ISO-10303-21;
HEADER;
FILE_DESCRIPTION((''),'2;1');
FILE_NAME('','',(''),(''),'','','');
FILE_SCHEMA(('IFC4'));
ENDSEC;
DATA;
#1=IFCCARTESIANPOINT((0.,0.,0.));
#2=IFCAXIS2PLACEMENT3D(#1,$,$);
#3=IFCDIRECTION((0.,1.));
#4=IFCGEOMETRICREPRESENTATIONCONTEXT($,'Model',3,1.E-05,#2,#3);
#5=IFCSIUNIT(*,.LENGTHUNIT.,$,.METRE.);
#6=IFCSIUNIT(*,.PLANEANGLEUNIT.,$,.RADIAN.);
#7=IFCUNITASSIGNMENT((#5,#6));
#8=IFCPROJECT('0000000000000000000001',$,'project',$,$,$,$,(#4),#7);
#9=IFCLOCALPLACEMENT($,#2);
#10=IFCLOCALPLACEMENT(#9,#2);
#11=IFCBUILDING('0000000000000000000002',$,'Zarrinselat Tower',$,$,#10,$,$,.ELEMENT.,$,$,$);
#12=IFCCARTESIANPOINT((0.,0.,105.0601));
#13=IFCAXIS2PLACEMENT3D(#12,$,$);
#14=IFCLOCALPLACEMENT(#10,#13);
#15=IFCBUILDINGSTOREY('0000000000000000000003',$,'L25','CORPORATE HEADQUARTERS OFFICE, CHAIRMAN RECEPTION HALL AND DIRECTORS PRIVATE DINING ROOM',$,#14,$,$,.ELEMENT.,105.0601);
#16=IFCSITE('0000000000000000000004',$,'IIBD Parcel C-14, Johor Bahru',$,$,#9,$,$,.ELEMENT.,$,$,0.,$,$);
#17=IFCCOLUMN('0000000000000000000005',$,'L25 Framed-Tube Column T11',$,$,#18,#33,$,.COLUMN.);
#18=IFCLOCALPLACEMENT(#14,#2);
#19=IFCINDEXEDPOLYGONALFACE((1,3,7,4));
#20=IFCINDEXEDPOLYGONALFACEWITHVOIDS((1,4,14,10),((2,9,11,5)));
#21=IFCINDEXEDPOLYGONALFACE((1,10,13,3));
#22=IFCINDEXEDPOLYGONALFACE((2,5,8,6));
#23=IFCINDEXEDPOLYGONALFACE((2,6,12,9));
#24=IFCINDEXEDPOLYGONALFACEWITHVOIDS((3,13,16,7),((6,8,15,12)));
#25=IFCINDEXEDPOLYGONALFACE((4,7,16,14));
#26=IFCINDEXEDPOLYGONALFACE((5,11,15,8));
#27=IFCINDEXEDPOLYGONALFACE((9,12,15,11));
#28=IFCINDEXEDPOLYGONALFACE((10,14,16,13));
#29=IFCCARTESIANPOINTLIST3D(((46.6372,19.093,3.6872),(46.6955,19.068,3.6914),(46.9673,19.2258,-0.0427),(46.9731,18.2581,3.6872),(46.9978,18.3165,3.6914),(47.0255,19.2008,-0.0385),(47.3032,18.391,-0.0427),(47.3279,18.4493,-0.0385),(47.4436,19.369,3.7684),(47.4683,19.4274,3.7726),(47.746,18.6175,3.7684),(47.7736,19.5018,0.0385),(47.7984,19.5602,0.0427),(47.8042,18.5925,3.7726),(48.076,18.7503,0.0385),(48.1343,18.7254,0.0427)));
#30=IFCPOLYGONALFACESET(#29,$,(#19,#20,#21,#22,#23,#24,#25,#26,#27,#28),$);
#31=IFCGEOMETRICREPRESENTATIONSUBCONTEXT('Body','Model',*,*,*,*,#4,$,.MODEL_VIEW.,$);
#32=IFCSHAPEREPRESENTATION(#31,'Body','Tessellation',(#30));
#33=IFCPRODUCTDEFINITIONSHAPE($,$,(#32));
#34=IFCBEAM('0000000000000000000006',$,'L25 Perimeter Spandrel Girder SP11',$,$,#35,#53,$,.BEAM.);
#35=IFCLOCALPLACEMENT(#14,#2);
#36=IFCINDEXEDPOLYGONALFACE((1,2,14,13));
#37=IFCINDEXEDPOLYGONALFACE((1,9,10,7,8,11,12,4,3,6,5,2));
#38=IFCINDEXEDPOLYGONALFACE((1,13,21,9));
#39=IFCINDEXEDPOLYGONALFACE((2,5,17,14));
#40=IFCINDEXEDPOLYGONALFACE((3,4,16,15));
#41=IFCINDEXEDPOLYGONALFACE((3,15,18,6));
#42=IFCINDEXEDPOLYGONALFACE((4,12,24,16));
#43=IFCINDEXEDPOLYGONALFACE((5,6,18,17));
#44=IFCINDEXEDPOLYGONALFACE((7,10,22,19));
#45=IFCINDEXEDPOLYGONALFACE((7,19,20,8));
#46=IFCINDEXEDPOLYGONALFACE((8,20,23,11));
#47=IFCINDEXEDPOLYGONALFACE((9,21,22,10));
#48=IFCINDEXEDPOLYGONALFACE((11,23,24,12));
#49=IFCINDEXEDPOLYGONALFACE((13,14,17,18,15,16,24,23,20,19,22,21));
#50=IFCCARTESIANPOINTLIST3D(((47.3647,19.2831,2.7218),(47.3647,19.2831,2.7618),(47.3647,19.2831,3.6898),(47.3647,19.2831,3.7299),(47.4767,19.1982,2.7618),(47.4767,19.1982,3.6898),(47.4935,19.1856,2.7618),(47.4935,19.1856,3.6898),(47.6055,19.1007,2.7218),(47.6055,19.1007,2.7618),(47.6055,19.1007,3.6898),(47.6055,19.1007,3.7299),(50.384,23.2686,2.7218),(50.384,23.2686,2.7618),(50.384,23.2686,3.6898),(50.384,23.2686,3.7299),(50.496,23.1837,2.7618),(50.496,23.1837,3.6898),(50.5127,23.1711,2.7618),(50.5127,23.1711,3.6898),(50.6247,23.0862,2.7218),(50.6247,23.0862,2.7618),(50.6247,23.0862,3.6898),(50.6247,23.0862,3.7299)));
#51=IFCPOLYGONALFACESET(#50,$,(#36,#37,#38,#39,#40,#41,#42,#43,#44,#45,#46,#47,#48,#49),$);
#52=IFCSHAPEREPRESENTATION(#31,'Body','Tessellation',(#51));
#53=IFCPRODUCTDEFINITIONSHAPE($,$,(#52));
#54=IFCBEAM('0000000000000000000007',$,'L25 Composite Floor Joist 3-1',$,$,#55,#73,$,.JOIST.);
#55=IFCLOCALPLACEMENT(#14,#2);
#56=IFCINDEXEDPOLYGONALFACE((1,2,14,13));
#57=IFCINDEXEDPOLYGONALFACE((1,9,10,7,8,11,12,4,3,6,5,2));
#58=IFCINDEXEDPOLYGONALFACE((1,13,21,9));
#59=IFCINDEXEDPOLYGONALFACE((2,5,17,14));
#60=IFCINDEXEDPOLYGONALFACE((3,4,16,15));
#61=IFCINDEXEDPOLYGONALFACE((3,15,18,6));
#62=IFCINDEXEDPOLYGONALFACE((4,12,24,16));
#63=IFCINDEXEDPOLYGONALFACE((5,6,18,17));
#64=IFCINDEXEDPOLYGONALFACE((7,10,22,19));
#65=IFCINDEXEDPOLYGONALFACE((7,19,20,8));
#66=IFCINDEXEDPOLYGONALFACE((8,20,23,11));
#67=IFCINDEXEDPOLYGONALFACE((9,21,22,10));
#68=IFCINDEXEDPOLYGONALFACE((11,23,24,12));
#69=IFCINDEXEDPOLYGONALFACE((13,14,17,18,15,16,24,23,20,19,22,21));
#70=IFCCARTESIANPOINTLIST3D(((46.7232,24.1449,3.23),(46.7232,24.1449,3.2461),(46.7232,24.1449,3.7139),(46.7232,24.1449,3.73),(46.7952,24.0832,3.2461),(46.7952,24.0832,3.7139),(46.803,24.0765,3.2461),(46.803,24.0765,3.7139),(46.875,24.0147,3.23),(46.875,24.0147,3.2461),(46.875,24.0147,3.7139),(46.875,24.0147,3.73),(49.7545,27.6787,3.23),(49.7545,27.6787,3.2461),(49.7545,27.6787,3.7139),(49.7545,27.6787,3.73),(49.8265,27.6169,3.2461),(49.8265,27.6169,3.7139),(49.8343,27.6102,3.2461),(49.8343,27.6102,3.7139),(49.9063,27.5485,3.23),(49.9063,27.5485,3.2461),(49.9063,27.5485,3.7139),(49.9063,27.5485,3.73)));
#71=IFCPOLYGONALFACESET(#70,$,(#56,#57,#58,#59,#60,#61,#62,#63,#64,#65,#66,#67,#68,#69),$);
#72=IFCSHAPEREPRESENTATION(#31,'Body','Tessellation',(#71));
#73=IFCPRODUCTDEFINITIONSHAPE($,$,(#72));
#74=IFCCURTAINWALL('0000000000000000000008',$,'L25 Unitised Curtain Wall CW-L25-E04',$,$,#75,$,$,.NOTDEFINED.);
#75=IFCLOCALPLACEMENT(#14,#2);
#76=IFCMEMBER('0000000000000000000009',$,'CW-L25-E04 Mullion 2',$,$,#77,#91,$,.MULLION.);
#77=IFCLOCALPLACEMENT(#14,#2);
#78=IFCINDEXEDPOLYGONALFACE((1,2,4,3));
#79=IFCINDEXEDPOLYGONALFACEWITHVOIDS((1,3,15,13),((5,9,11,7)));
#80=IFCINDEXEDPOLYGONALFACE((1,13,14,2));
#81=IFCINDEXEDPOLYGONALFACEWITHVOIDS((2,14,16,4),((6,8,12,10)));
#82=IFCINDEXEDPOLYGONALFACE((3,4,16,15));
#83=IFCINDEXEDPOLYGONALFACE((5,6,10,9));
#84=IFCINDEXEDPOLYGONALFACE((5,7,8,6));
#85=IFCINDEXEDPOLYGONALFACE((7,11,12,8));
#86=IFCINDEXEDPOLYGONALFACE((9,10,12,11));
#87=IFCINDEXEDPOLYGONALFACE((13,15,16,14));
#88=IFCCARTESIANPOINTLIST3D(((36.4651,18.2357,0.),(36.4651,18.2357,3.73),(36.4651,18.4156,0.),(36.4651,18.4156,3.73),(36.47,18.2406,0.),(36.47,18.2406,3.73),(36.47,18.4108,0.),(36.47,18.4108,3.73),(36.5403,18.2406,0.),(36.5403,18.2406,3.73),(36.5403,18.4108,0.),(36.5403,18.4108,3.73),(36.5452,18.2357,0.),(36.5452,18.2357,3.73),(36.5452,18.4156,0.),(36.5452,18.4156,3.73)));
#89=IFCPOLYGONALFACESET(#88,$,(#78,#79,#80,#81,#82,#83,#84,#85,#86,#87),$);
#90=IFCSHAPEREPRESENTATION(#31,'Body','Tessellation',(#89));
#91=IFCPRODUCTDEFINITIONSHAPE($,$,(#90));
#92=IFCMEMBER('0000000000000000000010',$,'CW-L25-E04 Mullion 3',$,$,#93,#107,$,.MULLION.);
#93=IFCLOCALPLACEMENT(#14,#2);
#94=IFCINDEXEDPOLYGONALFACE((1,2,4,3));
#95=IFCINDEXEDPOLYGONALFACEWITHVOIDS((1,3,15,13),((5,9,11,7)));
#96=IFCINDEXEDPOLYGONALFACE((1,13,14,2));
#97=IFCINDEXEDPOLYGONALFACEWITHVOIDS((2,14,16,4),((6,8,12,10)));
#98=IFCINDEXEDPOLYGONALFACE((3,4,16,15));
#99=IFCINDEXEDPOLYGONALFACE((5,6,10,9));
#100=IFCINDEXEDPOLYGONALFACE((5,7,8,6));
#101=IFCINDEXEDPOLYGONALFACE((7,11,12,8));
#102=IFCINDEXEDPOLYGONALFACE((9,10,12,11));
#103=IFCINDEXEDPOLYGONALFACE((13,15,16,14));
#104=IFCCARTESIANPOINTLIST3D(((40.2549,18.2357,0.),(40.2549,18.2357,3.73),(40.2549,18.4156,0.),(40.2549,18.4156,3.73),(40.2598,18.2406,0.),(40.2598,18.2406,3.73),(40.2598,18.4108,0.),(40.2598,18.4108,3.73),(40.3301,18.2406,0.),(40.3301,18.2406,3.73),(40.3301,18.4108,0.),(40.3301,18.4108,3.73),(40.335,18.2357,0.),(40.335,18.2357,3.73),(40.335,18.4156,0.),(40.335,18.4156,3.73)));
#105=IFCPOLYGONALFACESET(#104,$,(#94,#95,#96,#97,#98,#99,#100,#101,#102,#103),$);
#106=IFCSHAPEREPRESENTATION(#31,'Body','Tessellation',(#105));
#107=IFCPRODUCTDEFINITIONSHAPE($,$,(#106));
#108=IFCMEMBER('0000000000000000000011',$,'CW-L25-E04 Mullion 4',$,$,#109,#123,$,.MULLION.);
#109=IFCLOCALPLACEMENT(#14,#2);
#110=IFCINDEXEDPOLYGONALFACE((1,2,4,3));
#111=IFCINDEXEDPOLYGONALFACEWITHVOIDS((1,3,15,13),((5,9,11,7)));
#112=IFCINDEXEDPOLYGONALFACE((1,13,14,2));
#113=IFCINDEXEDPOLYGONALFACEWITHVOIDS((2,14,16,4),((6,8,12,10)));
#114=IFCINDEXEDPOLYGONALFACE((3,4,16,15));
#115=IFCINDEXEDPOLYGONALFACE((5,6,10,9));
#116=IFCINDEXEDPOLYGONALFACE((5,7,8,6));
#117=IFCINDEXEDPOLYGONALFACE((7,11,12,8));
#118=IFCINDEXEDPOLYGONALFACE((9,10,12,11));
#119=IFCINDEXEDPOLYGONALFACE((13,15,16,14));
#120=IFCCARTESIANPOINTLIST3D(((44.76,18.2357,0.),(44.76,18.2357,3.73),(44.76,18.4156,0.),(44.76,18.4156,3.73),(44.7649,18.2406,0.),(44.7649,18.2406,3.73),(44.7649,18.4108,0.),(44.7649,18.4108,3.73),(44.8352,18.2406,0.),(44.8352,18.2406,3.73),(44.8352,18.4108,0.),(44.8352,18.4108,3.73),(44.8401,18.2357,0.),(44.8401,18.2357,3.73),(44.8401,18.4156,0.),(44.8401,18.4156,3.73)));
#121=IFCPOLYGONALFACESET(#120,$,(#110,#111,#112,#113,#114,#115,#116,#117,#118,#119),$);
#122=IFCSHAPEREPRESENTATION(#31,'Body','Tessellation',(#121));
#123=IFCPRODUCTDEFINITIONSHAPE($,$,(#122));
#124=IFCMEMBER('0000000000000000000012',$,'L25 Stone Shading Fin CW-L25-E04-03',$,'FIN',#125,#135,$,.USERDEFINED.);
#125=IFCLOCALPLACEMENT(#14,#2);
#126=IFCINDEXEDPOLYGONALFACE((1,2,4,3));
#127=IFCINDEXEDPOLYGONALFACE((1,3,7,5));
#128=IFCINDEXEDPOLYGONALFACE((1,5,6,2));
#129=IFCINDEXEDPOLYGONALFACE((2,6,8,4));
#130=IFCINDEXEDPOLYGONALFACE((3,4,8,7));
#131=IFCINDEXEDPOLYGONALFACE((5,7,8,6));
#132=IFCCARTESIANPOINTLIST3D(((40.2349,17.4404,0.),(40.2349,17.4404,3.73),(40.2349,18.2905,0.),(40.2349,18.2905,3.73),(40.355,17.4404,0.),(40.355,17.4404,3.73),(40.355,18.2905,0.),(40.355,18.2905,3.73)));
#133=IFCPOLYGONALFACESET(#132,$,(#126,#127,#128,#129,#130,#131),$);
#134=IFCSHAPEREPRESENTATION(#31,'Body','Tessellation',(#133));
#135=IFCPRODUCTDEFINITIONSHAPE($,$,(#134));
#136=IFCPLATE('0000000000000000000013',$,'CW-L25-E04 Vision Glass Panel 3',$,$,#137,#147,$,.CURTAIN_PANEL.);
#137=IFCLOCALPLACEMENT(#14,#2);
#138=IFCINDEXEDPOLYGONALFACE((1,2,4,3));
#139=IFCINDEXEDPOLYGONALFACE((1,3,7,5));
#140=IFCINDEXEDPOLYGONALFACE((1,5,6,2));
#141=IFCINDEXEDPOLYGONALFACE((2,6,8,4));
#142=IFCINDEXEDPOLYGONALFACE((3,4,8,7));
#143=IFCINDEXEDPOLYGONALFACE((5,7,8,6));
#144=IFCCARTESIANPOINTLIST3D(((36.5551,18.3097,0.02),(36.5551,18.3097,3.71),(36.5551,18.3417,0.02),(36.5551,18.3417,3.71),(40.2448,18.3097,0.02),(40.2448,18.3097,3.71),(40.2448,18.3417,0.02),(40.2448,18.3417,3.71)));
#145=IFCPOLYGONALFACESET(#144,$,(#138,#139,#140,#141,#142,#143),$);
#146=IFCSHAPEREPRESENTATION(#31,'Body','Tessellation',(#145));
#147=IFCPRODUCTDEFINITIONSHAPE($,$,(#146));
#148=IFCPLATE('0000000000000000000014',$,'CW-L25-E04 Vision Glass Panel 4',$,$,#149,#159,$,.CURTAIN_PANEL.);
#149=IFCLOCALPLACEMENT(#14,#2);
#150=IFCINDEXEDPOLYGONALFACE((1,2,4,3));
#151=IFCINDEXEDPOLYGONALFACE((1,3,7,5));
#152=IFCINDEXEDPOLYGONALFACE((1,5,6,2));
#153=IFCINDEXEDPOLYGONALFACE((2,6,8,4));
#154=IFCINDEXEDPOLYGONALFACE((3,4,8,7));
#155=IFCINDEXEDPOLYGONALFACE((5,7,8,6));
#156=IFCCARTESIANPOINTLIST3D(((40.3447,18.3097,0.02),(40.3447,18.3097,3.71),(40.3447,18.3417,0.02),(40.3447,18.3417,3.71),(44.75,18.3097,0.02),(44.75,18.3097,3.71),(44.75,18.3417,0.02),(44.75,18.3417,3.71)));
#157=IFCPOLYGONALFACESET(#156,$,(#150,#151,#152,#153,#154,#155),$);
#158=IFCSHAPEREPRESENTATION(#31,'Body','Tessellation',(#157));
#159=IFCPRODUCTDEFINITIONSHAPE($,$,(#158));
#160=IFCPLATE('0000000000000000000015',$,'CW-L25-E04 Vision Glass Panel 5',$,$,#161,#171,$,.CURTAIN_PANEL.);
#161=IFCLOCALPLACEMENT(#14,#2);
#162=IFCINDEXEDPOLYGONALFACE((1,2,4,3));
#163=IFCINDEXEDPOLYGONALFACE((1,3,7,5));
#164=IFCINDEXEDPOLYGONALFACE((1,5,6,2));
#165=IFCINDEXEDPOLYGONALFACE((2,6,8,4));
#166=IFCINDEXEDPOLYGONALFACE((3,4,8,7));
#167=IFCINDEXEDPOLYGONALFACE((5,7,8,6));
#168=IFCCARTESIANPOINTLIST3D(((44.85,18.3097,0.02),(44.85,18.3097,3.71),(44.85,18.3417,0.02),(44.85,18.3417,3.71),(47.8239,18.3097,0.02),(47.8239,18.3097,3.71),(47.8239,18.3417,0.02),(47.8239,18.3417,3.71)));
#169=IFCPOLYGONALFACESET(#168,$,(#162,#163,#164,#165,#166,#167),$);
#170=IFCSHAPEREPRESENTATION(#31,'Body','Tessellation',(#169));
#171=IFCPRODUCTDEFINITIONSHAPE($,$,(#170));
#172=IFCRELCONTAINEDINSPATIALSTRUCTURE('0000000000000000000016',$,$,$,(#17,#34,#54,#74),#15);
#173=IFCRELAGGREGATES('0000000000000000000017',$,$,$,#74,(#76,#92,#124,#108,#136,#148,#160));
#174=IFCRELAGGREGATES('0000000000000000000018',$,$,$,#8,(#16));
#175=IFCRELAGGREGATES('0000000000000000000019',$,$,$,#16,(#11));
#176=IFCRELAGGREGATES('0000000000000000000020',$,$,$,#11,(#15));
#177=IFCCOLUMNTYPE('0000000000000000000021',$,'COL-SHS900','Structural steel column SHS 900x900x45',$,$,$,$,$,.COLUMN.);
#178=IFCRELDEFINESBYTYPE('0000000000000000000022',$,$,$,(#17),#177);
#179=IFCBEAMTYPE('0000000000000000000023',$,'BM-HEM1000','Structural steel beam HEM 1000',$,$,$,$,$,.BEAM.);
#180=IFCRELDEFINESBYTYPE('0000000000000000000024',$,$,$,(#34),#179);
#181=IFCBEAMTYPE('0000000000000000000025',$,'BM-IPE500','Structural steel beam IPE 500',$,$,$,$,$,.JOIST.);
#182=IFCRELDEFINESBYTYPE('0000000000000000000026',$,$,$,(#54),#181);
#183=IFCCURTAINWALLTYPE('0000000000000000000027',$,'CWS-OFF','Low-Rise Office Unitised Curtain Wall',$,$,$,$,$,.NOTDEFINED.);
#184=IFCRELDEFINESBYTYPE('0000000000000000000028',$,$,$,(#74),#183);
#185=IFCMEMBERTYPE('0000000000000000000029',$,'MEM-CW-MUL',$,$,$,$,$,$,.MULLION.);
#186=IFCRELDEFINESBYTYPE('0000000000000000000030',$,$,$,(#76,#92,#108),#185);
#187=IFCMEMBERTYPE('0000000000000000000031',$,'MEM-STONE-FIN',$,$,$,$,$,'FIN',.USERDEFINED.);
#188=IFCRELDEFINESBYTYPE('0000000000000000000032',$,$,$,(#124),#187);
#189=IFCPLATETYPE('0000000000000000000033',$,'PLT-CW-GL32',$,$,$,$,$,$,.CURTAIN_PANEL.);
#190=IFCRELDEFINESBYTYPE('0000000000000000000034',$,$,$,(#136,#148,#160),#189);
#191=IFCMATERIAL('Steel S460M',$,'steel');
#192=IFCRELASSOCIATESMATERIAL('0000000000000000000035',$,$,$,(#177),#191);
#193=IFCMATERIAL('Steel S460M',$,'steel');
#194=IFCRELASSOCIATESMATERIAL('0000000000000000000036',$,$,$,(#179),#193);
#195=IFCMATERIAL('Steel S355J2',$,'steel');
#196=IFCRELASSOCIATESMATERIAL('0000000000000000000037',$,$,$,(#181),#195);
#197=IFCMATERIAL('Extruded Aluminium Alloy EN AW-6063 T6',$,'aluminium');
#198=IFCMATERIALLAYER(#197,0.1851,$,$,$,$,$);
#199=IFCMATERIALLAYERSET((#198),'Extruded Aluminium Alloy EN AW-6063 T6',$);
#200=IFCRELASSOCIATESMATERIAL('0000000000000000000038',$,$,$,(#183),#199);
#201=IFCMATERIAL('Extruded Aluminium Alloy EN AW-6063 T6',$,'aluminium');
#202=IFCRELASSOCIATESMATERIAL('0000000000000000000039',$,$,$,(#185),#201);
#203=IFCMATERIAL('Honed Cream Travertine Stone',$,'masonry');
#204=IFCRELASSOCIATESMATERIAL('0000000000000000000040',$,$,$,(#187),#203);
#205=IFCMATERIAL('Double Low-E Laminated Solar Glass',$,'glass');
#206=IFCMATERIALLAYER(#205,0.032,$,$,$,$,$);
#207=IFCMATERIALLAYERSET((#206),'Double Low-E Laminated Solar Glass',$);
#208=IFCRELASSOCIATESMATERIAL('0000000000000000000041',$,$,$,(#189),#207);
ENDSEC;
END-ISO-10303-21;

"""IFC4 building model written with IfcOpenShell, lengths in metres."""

from ifc_helpers import new_model, si_unit, direction, frame, origin, origin_2d, place, context, subcontext, project, spatial, rectangle, hollow_rectangle, i_section, extrude, material, layer, layer_set, material_profile, profile_set, type_object, element, aggregate, save


model = new_model("IFC4")

# Units and contexts
model_context = context("Model", 3, precision=1e-05, world=origin(), true_north=direction((0.0, 1.0)))
body_context = subcontext(model_context, "Body", "Model", "MODEL_VIEW")
ifc_project = project(units=[si_unit("LENGTHUNIT", "METRE"), si_unit("PLANEANGLEUNIT", "RADIAN")], contexts=[model_context])

# Site, building, storey
site_placement = place(None, origin())
site = spatial("IfcSite", under=ifc_project, at=site_placement, Name="IIBD Parcel C-14, Johor Bahru", CompositionType="ELEMENT", RefElevation=0.0)
building_placement = place(site_placement, origin())
building = spatial("IfcBuilding", under=site, at=building_placement, Name="Zarrinselat Tower", CompositionType="ELEMENT")
storey_placement = place(building_placement, frame((0.0, 0.0, 105.0601)))
storey = spatial("IfcBuildingStorey", under=building, at=storey_placement, Name="L25", Description="CORPORATE HEADQUARTERS OFFICE, CHAIRMAN RECEPTION HALL AND DIRECTORS PRIVATE DINING ROOM", CompositionType="ELEMENT", Elevation=105.0601)

# Column
ifc_material_1 = material(Name="Steel S460M", Category="steel")
ifc_material_profile_1 = material_profile(ifc_material_1, hollow_rectangle(XDim=0.8999, YDim=0.8999, WallThickness=0.0449, at=origin_2d()), Name="SHS 900x900x45")
ifc_profile_set_1 = profile_set([ifc_material_profile_1], Name="Steel S460M")
column_type = type_object("IfcColumnType", Name="COL-SHS900", Description="Structural steel column SHS 900x900x45", PredefinedType="COLUMN", material=ifc_profile_set_1)
column_placement = place(storey_placement, frame((47.5508, 18.9756, 0.0), z_axis=(-0.088093, -0.035446, 0.995481), x_axis=(0.373283, -0.927718, 0.0)))
element("IfcColumn", 1, at=column_placement, inside=storey, type_object=column_type, Name="L25 Framed-Tube Column T11", PredefinedType="COLUMN", context=body_context, shape_type="SweptSolid", body=[
    extrude(hollow_rectangle(XDim=0.8999, YDim=0.8999, WallThickness=0.0449, at=origin_2d()), origin(), (0.0, 0.0, 1.0), 3.7468),
])

# Beams
ifc_material_2 = material(Name="Steel S460M", Category="steel")
ifc_material_profile_2 = material_profile(ifc_material_2, i_section(OverallWidth=0.302, OverallDepth=1.0081, WebThickness=0.021, FlangeThickness=0.04, at=origin_2d()), Name="HEM 1000")
ifc_profile_set_2 = profile_set([ifc_material_profile_2], Name="Steel S460M")
beam_type_1 = type_object("IfcBeamType", Name="BM-HEM1000", Description="Structural steel beam HEM 1000", PredefinedType="BEAM", material=ifc_profile_set_2)
beam_1_placement = place(storey_placement, frame((47.4851, 19.1919, 3.2258), z_axis=(0.603845, 0.797102, 0.0), x_axis=(-0.797102, 0.603845, 0.0)))
element("IfcBeam", 2, at=beam_1_placement, inside=storey, type_object=beam_type_1, Name="L25 Perimeter Spandrel Girder SP11", PredefinedType="BEAM", context=body_context, shape_type="SweptSolid", body=[
    extrude(i_section(OverallWidth=0.302, OverallDepth=1.0081, WebThickness=0.021, FlangeThickness=0.04, at=origin_2d()), origin(), (0.0, 0.0, 1.0), 5.0),
])
ifc_material_3 = material(Name="Steel S355J2", Category="steel")
ifc_material_profile_3 = material_profile(ifc_material_3, i_section(OverallWidth=0.2, OverallDepth=0.5, WebThickness=0.0103, FlangeThickness=0.0161, at=origin_2d()), Name="IPE 500")
ifc_profile_set_3 = profile_set([ifc_material_profile_3], Name="Steel S355J2")
beam_type_2 = type_object("IfcBeamType", Name="BM-IPE500", Description="Structural steel beam IPE 500", PredefinedType="JOIST", material=ifc_profile_set_3)
beam_2_placement = place(storey_placement, frame((46.7991, 24.0798, 3.48), z_axis=(0.651085, 0.759005, 0.0), x_axis=(-0.759005, 0.651085, 0.0)))
element("IfcBeam", 3, at=beam_2_placement, inside=storey, type_object=beam_type_2, Name="L25 Composite Floor Joist 3-1", PredefinedType="JOIST", context=body_context, shape_type="SweptSolid", body=[
    extrude(i_section(OverallWidth=0.2, OverallDepth=0.5, WebThickness=0.0103, FlangeThickness=0.0161, at=origin_2d()), origin(), (0.0, 0.0, 1.0), 4.6558),
])

# Curtain wall, members, plates
ifc_material_4 = material(Name="Extruded Aluminium Alloy EN AW-6063 T6", Category="aluminium")
ifc_layer_1 = layer(ifc_material_4, 0.1851)
ifc_layer_set_1 = layer_set([ifc_layer_1], Name="Extruded Aluminium Alloy EN AW-6063 T6")
curtain_wall_type = type_object("IfcCurtainWallType", Name="CWS-OFF", Description="Low-Rise Office Unitised Curtain Wall", PredefinedType="NOTDEFINED", material=ifc_layer_set_1)
curtain_wall_placement = place(storey_placement, origin())
curtain_wall = element("IfcCurtainWall", 4, at=curtain_wall_placement, inside=storey, type_object=curtain_wall_type, Name="L25 Unitised Curtain Wall CW-L25-E04", PredefinedType="NOTDEFINED")
ifc_material_5 = material(Name="Extruded Aluminium Alloy EN AW-6063 T6", Category="aluminium")
ifc_material_profile_4 = material_profile(ifc_material_5, hollow_rectangle(XDim=0.0801, YDim=0.1799, WallThickness=0.0049, at=origin_2d()), Name="RHS 180x80x5")
ifc_profile_set_4 = profile_set([ifc_material_profile_4], Name="Extruded Aluminium Alloy EN AW-6063 T6")
member_type_1 = type_object("IfcMemberType", Name="MEM-CW-MUL", PredefinedType="MULLION", material=ifc_profile_set_4)
member_1_placement = place(storey_placement, frame((36.5051, 18.3257, 0.0), z_axis=(0.0, 0.0, 1.0), x_axis=(1.0, 0.0, 0.0)))
member_1 = element("IfcMember", 5, at=member_1_placement, type_object=member_type_1, Name="CW-L25-E04 Mullion 2", PredefinedType="MULLION", context=body_context, shape_type="SweptSolid", body=[
    extrude(hollow_rectangle(XDim=0.0801, YDim=0.1799, WallThickness=0.0049, at=origin_2d()), origin(), (0.0, 0.0, 1.0), 3.73),
])
member_2_placement = place(storey_placement, frame((40.2949, 18.3257, 0.0), z_axis=(0.0, 0.0, 1.0), x_axis=(1.0, 0.0, 0.0)))
member_2 = element("IfcMember", 6, at=member_2_placement, type_object=member_type_1, Name="CW-L25-E04 Mullion 3", PredefinedType="MULLION", context=body_context, shape_type="SweptSolid", body=[
    extrude(hollow_rectangle(XDim=0.0801, YDim=0.1799, WallThickness=0.0049, at=origin_2d()), origin(), (0.0, 0.0, 1.0), 3.73),
])
member_3_placement = place(storey_placement, frame((44.8, 18.3257, 0.0), z_axis=(0.0, 0.0, 1.0), x_axis=(1.0, 0.0, 0.0)))
member_3 = element("IfcMember", 7, at=member_3_placement, type_object=member_type_1, Name="CW-L25-E04 Mullion 4", PredefinedType="MULLION", context=body_context, shape_type="SweptSolid", body=[
    extrude(hollow_rectangle(XDim=0.0801, YDim=0.1799, WallThickness=0.0049, at=origin_2d()), origin(), (0.0, 0.0, 1.0), 3.73),
])
ifc_material_6 = material(Name="Honed Cream Travertine Stone", Category="masonry")
ifc_material_profile_5 = material_profile(ifc_material_6, rectangle(XDim=0.1201, YDim=0.8501, at=origin_2d()), Name="FIN 850x120")
ifc_profile_set_5 = profile_set([ifc_material_profile_5], Name="Honed Cream Travertine Stone")
member_type_2 = type_object("IfcMemberType", Name="MEM-STONE-FIN", ElementType="FIN", PredefinedType="USERDEFINED", material=ifc_profile_set_5)
member_4_placement = place(storey_placement, frame((40.2949, 17.8655, 0.0), z_axis=(0.0, 0.0, 1.0), x_axis=(-1.0, 0.0, 0.0)))
member_4 = element("IfcMember", 8, at=member_4_placement, type_object=member_type_2, Name="L25 Stone Shading Fin CW-L25-E04-03", ObjectType="FIN", PredefinedType="USERDEFINED", context=body_context, shape_type="SweptSolid", body=[
    extrude(rectangle(XDim=0.1201, YDim=0.8501, at=origin_2d()), origin(), (0.0, 0.0, 1.0), 3.73),
])
ifc_material_7 = material(Name="Double Low-E Laminated Solar Glass", Category="glass")
ifc_layer_2 = layer(ifc_material_7, 0.032)
ifc_layer_set_2 = layer_set([ifc_layer_2], Name="Double Low-E Laminated Solar Glass")
plate_type = type_object("IfcPlateType", Name="PLT-CW-GL32", PredefinedType="CURTAIN_PANEL", material=ifc_layer_set_2)
plate_1_placement = place(storey_placement, frame((38.3999, 18.3257, 0.02), z_axis=(0.0, 0.0, 1.0), x_axis=(1.0, 0.0, 0.0)))
plate_1 = element("IfcPlate", 9, at=plate_1_placement, type_object=plate_type, Name="CW-L25-E04 Vision Glass Panel 3", PredefinedType="CURTAIN_PANEL", context=body_context, shape_type="SweptSolid", body=[
    extrude(rectangle(XDim=3.6897, YDim=0.032, at=origin_2d()), origin(), (0.0, 0.0, 1.0), 3.6899),
])
plate_2_placement = place(storey_placement, frame((42.5474, 18.3257, 0.02), z_axis=(0.0, 0.0, 1.0), x_axis=(1.0, 0.0, 0.0)))
plate_2 = element("IfcPlate", 10, at=plate_2_placement, type_object=plate_type, Name="CW-L25-E04 Vision Glass Panel 4", PredefinedType="CURTAIN_PANEL", context=body_context, shape_type="SweptSolid", body=[
    extrude(rectangle(XDim=4.4053, YDim=0.032, at=origin_2d()), origin(), (0.0, 0.0, 1.0), 3.6899),
])
plate_3_placement = place(storey_placement, frame((46.3369, 18.3257, 0.02), z_axis=(0.0, 0.0, 1.0), x_axis=(1.0, 0.0, 0.0)))
plate_3 = element("IfcPlate", 11, at=plate_3_placement, type_object=plate_type, Name="CW-L25-E04 Vision Glass Panel 5", PredefinedType="CURTAIN_PANEL", context=body_context, shape_type="SweptSolid", body=[
    extrude(rectangle(XDim=2.9739, YDim=0.032, at=origin_2d()), origin(), (0.0, 0.0, 1.0), 3.6899),
])
aggregate(curtain_wall, [member_1, member_2, member_4, member_3, plate_1, plate_2, plate_3])

save(model, "model.ifc")
